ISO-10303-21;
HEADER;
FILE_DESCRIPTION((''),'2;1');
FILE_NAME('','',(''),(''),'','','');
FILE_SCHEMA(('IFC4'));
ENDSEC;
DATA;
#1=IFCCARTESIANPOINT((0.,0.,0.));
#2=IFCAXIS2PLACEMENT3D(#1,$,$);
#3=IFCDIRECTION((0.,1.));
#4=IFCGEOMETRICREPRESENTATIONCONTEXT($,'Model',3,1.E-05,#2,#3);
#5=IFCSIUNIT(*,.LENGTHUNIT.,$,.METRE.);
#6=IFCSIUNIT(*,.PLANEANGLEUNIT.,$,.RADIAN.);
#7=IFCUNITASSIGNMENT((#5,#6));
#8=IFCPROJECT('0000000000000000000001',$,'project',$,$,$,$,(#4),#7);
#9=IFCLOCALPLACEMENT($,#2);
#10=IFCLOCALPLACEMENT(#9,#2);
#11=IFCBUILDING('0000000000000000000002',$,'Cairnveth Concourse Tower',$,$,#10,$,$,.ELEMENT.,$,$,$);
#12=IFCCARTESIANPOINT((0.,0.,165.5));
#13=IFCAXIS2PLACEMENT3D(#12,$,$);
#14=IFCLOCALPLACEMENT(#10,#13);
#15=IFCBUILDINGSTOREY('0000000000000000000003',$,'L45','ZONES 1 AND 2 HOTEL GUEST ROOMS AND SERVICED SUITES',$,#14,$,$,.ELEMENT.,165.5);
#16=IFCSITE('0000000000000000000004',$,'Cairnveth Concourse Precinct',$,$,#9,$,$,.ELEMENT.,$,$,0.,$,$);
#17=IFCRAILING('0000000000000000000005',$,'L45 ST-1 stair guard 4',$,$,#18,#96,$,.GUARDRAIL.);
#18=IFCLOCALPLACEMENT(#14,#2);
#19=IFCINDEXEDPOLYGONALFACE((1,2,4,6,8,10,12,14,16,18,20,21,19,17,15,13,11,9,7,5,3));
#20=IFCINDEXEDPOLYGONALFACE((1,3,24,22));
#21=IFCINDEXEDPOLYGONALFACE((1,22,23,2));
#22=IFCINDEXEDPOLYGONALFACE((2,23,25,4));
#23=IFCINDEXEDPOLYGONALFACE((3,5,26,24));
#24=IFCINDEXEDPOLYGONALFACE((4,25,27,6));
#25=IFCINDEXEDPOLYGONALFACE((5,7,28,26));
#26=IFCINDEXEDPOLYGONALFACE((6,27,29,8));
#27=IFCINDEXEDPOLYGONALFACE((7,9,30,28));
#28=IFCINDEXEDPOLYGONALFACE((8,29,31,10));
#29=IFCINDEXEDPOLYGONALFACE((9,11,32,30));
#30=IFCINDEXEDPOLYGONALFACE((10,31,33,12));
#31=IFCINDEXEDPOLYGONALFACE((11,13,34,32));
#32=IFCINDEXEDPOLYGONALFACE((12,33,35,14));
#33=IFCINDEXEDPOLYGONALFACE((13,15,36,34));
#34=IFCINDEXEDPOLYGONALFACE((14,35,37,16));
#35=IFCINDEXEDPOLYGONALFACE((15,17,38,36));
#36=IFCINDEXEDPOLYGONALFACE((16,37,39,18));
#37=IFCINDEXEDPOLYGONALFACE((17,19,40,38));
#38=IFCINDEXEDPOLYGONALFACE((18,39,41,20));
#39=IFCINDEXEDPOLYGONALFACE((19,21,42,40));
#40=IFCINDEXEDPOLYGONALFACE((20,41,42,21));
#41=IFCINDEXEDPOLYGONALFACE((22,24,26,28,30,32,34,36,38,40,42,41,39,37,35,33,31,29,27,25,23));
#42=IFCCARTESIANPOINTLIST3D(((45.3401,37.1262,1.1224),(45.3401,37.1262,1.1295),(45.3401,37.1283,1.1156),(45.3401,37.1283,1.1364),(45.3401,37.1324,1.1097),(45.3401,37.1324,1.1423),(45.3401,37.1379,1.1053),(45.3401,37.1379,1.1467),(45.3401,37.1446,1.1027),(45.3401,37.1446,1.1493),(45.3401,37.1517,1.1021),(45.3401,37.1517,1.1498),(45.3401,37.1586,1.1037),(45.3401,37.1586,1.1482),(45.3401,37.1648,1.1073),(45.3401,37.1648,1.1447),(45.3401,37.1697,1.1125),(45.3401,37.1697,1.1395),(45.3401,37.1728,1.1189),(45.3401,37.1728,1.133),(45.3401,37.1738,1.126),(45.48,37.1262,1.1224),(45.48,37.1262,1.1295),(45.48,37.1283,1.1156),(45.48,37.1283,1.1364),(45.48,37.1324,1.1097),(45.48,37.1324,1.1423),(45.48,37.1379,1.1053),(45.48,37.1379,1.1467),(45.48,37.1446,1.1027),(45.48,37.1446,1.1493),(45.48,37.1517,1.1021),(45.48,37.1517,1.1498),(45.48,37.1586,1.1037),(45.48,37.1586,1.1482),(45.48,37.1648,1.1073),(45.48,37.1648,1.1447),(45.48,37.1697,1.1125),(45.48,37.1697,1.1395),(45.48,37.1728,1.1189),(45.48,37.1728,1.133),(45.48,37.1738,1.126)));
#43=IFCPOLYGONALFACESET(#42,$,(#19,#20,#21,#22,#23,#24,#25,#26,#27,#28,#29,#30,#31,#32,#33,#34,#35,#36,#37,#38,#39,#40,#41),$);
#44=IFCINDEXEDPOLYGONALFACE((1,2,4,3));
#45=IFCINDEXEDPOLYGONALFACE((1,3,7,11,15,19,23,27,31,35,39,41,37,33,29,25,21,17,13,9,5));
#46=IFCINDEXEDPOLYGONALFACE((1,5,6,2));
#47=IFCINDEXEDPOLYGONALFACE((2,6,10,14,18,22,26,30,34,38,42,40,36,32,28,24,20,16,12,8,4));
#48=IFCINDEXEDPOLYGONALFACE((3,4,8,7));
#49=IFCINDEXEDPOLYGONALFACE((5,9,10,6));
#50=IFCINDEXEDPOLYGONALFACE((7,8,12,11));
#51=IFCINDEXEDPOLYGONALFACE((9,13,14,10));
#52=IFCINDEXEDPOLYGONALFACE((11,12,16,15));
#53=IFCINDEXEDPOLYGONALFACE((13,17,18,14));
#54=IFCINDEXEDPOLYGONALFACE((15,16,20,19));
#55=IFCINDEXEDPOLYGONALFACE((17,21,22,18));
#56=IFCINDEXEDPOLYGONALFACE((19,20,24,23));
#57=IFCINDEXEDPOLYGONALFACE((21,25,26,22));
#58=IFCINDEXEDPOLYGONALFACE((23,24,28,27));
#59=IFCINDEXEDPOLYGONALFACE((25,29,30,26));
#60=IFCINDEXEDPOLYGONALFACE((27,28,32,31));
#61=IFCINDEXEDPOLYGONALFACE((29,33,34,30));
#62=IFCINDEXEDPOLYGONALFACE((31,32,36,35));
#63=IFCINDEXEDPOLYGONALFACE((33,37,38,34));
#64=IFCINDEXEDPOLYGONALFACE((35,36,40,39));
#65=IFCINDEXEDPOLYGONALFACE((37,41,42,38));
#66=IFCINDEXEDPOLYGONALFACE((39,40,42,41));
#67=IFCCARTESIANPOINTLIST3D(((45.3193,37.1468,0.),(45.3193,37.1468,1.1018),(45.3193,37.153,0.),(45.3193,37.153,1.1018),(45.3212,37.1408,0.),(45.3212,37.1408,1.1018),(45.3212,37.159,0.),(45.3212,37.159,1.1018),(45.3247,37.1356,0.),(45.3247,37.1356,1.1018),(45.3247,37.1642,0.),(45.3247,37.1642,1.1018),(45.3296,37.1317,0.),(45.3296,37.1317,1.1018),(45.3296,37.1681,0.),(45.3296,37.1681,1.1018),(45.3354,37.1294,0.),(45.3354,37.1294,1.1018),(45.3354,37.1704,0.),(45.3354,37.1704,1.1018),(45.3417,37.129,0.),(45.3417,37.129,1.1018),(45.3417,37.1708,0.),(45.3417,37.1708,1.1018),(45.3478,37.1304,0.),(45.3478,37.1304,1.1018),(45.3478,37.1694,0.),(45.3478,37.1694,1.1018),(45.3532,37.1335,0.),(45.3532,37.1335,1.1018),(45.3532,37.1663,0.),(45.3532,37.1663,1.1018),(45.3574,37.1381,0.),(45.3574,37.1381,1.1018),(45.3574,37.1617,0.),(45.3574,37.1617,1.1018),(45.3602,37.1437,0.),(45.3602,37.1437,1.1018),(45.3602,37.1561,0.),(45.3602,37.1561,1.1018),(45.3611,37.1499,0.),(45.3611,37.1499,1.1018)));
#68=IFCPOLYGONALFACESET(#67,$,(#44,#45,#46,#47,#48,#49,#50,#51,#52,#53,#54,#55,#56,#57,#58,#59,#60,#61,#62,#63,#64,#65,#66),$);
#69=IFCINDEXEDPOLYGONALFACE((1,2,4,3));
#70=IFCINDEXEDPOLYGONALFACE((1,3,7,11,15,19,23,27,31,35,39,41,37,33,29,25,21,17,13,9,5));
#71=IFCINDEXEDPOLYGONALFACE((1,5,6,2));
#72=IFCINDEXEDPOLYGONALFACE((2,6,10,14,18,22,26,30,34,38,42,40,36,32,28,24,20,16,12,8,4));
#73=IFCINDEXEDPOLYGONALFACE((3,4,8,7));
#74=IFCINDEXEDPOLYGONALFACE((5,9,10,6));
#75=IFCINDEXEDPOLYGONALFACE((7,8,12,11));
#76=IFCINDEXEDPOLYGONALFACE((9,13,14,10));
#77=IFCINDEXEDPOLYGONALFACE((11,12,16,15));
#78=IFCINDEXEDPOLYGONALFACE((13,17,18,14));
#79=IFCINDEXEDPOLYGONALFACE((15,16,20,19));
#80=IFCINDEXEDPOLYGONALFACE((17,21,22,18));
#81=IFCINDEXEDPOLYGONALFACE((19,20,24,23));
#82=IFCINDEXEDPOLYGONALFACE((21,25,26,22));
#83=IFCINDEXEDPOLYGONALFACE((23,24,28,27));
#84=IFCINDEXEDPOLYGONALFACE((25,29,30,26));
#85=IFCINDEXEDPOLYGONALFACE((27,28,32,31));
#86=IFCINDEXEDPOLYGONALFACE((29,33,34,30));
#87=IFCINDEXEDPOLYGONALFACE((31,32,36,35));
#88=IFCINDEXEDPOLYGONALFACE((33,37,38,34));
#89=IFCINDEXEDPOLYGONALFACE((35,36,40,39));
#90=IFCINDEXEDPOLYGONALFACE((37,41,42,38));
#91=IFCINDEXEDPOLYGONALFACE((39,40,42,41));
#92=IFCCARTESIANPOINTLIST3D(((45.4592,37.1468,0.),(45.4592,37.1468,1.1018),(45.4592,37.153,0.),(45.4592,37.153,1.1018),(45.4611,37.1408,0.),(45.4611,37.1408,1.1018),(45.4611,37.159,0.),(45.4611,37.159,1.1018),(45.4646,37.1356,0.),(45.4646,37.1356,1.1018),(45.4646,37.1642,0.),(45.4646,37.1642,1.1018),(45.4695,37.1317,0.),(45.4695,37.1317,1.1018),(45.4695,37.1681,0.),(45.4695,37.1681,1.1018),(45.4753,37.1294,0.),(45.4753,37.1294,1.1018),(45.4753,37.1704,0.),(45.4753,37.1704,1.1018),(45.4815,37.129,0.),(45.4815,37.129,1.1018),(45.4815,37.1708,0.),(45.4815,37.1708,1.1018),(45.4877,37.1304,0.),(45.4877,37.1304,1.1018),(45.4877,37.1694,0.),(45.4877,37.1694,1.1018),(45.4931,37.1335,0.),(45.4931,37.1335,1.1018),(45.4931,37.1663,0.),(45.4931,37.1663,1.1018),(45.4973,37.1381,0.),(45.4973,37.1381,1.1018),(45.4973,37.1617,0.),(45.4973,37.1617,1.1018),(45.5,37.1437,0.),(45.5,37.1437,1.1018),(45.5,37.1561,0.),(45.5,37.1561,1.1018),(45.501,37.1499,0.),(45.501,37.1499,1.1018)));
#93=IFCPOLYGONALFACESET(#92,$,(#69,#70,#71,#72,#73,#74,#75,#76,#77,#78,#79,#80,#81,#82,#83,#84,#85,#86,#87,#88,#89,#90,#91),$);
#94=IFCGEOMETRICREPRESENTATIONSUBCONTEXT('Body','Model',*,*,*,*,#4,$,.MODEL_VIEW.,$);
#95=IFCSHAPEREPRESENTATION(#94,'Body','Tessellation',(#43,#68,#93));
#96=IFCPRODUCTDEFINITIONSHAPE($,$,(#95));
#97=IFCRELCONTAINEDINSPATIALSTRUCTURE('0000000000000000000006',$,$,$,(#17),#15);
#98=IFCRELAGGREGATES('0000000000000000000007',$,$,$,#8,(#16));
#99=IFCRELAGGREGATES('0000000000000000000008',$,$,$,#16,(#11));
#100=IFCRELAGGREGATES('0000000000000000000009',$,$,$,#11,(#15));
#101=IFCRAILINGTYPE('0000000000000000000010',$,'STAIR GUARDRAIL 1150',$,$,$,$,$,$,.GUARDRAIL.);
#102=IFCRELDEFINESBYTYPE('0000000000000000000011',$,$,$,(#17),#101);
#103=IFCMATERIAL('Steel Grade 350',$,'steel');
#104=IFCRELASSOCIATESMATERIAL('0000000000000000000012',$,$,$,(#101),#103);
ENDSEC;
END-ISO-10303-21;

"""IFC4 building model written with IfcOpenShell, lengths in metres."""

from ifc_helpers import new_model, si_unit, direction, frame, origin, origin_2d, place, context, subcontext, project, spatial, circle, extrude, material, type_object, element, save


model = new_model("IFC4")

# Units and contexts
model_context = context("Model", 3, precision=1e-05, world=origin(), true_north=direction((0.0, 1.0)))
body_context = subcontext(model_context, "Body", "Model", "MODEL_VIEW")
ifc_project = project(units=[si_unit("LENGTHUNIT", "METRE"), si_unit("PLANEANGLEUNIT", "RADIAN")], contexts=[model_context])

# Site, building, storey
site_placement = place(None, origin())
site = spatial("IfcSite", under=ifc_project, at=site_placement, Name="Cairnveth Concourse Precinct", CompositionType="ELEMENT", RefElevation=0.0)
building_placement = place(site_placement, origin())
building = spatial("IfcBuilding", under=site, at=building_placement, Name="Cairnveth Concourse Tower", CompositionType="ELEMENT")
storey_placement = place(building_placement, frame((0.0, 0.0, 165.5)))
storey = spatial("IfcBuildingStorey", under=building, at=storey_placement, Name="L45", Description="ZONES 1 AND 2 HOTEL GUEST ROOMS AND SERVICED SUITES", CompositionType="ELEMENT", Elevation=165.5)

# Shared definitions
ifc_material_1 = material(Name="Steel Grade 350", Category="steel")

# Railing
railing_type_1 = type_object("IfcRailingType", Name="STAIR GUARDRAIL 1150", PredefinedType="GUARDRAIL", material=ifc_material_1)
railing_1_placement = place(storey_placement, frame((45.3401, 37.1499, 0.0)))
element("IfcRailing", 1, at=railing_1_placement, inside=storey, type_object=railing_type_1, Name="L45 ST-1 stair guard 4", PredefinedType="GUARDRAIL", context=body_context, shape_type="SweptSolid", body=[
    extrude(circle(Radius=0.0239, at=origin_2d()), frame((0.0, 0.0, 1.126), z_axis=(1.0, 0.0, 0.0), x_axis=(0.0, 1.0, 0.0)), (0.0, 0.0, 1.0), 0.1399),
    extrude(circle(Radius=0.021, at=origin_2d()), origin(), (0.0, 0.0, 1.0), 1.1018),
    extrude(circle(Radius=0.021, at=origin_2d()), frame((0.1399, 0.0, 0.0)), (0.0, 0.0, 1.0), 1.1018),
])

save(model, "model.ifc")
